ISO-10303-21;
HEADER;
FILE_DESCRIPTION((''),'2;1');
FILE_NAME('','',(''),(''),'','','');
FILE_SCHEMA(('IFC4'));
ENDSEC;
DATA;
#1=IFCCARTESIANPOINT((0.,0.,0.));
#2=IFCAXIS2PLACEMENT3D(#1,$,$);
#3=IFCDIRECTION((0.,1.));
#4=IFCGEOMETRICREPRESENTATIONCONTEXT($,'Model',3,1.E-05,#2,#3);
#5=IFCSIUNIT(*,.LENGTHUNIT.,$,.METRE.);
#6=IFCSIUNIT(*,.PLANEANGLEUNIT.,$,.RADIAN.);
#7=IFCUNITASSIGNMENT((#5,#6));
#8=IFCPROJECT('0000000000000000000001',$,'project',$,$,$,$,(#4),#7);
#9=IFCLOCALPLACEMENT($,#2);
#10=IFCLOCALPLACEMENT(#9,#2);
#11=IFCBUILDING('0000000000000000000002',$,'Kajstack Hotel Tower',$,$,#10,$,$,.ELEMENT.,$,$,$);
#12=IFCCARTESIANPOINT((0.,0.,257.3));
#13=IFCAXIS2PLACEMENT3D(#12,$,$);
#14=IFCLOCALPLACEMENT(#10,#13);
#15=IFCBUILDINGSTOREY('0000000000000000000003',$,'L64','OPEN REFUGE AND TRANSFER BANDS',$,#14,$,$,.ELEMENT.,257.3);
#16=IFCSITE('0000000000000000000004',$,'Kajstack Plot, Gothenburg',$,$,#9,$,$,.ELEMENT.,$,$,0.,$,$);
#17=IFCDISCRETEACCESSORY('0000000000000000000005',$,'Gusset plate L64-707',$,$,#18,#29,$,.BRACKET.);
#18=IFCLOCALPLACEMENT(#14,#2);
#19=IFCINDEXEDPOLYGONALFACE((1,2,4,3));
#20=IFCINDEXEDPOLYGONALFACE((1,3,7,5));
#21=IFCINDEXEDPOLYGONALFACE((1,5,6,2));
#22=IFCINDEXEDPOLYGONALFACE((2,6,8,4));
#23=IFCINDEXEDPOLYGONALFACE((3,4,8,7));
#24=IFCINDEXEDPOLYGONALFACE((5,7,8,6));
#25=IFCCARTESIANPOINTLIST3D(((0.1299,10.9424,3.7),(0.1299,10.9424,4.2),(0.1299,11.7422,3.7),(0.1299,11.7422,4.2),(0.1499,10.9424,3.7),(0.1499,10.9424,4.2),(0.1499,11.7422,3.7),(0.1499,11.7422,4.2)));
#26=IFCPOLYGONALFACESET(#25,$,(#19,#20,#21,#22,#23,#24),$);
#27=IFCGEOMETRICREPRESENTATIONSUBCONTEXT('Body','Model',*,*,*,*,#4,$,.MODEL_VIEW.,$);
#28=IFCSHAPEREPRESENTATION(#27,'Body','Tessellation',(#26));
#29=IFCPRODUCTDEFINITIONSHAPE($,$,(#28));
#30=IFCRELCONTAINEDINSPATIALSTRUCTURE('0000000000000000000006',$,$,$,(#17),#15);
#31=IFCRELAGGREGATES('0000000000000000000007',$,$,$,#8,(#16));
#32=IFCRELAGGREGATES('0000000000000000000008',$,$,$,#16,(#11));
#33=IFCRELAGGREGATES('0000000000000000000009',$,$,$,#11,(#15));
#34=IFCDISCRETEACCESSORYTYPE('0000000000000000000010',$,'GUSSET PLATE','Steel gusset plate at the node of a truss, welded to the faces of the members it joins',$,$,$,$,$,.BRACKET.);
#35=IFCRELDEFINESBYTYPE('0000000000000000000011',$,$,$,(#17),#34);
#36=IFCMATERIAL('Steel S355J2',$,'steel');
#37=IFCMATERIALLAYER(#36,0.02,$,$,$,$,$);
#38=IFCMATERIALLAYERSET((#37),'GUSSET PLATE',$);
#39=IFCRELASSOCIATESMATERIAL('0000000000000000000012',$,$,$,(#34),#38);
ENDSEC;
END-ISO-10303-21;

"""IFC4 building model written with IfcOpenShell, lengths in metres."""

from ifc_helpers import new_model, si_unit, direction, frame, origin, place, context, subcontext, project, spatial, polyline, outline, extrude, material, layer, layer_set, type_object, element, save


model = new_model("IFC4")

# Units and contexts
model_context = context("Model", 3, precision=1e-05, world=origin(), true_north=direction((0.0, 1.0)))
body_context = subcontext(model_context, "Body", "Model", "MODEL_VIEW")
ifc_project = project(units=[si_unit("LENGTHUNIT", "METRE"), si_unit("PLANEANGLEUNIT", "RADIAN")], contexts=[model_context])

# Site, building, storey
site_placement = place(None, origin())
site = spatial("IfcSite", under=ifc_project, at=site_placement, Name="Kajstack Plot, Gothenburg", CompositionType="ELEMENT", RefElevation=0.0)
building_placement = place(site_placement, origin())
building = spatial("IfcBuilding", under=site, at=building_placement, Name="Kajstack Hotel Tower", CompositionType="ELEMENT")
storey_placement = place(building_placement, frame((0.0, 0.0, 257.3)))
storey = spatial("IfcBuildingStorey", under=building, at=storey_placement, Name="L64", Description="OPEN REFUGE AND TRANSFER BANDS", CompositionType="ELEMENT", Elevation=257.3)

# Shared definitions
ifc_material_1 = material(Name="Steel S355J2", Category="steel")

# Discrete accessory
ifc_layer_1 = layer(ifc_material_1, 0.02)
ifc_layer_set_1 = layer_set([ifc_layer_1], Name="GUSSET PLATE")
discrete_accessory_type = type_object("IfcDiscreteAccessoryType", Name="GUSSET PLATE", Description="Steel gusset plate at the node of a truss, welded to the faces of the members it joins", PredefinedType="BRACKET", material=ifc_layer_set_1)
for number, where, z_axis, x_axis, name in (
    (1, (0.1299, 11.3423, 3.7), (1.0, 0.0, 0.0), (0.0, 1.0, 0.0), "Gusset plate L64-707"),
):
    element("IfcDiscreteAccessory", number, at=place(storey_placement, frame(where, z_axis=z_axis, x_axis=x_axis)), inside=storey, type_object=discrete_accessory_type, Name=name, PredefinedType="BRACKET", context=body_context, shape_type="SweptSolid", body=[
        extrude(outline(polyline([(-0.3999, 0.0), (0.3999, 0.0), (0.3999, 0.5), (-0.3999, 0.5), (-0.3999, 0.0)])), origin(), (0.0, 0.0, 1.0), 0.02),
    ])

save(model, "model.ifc")
